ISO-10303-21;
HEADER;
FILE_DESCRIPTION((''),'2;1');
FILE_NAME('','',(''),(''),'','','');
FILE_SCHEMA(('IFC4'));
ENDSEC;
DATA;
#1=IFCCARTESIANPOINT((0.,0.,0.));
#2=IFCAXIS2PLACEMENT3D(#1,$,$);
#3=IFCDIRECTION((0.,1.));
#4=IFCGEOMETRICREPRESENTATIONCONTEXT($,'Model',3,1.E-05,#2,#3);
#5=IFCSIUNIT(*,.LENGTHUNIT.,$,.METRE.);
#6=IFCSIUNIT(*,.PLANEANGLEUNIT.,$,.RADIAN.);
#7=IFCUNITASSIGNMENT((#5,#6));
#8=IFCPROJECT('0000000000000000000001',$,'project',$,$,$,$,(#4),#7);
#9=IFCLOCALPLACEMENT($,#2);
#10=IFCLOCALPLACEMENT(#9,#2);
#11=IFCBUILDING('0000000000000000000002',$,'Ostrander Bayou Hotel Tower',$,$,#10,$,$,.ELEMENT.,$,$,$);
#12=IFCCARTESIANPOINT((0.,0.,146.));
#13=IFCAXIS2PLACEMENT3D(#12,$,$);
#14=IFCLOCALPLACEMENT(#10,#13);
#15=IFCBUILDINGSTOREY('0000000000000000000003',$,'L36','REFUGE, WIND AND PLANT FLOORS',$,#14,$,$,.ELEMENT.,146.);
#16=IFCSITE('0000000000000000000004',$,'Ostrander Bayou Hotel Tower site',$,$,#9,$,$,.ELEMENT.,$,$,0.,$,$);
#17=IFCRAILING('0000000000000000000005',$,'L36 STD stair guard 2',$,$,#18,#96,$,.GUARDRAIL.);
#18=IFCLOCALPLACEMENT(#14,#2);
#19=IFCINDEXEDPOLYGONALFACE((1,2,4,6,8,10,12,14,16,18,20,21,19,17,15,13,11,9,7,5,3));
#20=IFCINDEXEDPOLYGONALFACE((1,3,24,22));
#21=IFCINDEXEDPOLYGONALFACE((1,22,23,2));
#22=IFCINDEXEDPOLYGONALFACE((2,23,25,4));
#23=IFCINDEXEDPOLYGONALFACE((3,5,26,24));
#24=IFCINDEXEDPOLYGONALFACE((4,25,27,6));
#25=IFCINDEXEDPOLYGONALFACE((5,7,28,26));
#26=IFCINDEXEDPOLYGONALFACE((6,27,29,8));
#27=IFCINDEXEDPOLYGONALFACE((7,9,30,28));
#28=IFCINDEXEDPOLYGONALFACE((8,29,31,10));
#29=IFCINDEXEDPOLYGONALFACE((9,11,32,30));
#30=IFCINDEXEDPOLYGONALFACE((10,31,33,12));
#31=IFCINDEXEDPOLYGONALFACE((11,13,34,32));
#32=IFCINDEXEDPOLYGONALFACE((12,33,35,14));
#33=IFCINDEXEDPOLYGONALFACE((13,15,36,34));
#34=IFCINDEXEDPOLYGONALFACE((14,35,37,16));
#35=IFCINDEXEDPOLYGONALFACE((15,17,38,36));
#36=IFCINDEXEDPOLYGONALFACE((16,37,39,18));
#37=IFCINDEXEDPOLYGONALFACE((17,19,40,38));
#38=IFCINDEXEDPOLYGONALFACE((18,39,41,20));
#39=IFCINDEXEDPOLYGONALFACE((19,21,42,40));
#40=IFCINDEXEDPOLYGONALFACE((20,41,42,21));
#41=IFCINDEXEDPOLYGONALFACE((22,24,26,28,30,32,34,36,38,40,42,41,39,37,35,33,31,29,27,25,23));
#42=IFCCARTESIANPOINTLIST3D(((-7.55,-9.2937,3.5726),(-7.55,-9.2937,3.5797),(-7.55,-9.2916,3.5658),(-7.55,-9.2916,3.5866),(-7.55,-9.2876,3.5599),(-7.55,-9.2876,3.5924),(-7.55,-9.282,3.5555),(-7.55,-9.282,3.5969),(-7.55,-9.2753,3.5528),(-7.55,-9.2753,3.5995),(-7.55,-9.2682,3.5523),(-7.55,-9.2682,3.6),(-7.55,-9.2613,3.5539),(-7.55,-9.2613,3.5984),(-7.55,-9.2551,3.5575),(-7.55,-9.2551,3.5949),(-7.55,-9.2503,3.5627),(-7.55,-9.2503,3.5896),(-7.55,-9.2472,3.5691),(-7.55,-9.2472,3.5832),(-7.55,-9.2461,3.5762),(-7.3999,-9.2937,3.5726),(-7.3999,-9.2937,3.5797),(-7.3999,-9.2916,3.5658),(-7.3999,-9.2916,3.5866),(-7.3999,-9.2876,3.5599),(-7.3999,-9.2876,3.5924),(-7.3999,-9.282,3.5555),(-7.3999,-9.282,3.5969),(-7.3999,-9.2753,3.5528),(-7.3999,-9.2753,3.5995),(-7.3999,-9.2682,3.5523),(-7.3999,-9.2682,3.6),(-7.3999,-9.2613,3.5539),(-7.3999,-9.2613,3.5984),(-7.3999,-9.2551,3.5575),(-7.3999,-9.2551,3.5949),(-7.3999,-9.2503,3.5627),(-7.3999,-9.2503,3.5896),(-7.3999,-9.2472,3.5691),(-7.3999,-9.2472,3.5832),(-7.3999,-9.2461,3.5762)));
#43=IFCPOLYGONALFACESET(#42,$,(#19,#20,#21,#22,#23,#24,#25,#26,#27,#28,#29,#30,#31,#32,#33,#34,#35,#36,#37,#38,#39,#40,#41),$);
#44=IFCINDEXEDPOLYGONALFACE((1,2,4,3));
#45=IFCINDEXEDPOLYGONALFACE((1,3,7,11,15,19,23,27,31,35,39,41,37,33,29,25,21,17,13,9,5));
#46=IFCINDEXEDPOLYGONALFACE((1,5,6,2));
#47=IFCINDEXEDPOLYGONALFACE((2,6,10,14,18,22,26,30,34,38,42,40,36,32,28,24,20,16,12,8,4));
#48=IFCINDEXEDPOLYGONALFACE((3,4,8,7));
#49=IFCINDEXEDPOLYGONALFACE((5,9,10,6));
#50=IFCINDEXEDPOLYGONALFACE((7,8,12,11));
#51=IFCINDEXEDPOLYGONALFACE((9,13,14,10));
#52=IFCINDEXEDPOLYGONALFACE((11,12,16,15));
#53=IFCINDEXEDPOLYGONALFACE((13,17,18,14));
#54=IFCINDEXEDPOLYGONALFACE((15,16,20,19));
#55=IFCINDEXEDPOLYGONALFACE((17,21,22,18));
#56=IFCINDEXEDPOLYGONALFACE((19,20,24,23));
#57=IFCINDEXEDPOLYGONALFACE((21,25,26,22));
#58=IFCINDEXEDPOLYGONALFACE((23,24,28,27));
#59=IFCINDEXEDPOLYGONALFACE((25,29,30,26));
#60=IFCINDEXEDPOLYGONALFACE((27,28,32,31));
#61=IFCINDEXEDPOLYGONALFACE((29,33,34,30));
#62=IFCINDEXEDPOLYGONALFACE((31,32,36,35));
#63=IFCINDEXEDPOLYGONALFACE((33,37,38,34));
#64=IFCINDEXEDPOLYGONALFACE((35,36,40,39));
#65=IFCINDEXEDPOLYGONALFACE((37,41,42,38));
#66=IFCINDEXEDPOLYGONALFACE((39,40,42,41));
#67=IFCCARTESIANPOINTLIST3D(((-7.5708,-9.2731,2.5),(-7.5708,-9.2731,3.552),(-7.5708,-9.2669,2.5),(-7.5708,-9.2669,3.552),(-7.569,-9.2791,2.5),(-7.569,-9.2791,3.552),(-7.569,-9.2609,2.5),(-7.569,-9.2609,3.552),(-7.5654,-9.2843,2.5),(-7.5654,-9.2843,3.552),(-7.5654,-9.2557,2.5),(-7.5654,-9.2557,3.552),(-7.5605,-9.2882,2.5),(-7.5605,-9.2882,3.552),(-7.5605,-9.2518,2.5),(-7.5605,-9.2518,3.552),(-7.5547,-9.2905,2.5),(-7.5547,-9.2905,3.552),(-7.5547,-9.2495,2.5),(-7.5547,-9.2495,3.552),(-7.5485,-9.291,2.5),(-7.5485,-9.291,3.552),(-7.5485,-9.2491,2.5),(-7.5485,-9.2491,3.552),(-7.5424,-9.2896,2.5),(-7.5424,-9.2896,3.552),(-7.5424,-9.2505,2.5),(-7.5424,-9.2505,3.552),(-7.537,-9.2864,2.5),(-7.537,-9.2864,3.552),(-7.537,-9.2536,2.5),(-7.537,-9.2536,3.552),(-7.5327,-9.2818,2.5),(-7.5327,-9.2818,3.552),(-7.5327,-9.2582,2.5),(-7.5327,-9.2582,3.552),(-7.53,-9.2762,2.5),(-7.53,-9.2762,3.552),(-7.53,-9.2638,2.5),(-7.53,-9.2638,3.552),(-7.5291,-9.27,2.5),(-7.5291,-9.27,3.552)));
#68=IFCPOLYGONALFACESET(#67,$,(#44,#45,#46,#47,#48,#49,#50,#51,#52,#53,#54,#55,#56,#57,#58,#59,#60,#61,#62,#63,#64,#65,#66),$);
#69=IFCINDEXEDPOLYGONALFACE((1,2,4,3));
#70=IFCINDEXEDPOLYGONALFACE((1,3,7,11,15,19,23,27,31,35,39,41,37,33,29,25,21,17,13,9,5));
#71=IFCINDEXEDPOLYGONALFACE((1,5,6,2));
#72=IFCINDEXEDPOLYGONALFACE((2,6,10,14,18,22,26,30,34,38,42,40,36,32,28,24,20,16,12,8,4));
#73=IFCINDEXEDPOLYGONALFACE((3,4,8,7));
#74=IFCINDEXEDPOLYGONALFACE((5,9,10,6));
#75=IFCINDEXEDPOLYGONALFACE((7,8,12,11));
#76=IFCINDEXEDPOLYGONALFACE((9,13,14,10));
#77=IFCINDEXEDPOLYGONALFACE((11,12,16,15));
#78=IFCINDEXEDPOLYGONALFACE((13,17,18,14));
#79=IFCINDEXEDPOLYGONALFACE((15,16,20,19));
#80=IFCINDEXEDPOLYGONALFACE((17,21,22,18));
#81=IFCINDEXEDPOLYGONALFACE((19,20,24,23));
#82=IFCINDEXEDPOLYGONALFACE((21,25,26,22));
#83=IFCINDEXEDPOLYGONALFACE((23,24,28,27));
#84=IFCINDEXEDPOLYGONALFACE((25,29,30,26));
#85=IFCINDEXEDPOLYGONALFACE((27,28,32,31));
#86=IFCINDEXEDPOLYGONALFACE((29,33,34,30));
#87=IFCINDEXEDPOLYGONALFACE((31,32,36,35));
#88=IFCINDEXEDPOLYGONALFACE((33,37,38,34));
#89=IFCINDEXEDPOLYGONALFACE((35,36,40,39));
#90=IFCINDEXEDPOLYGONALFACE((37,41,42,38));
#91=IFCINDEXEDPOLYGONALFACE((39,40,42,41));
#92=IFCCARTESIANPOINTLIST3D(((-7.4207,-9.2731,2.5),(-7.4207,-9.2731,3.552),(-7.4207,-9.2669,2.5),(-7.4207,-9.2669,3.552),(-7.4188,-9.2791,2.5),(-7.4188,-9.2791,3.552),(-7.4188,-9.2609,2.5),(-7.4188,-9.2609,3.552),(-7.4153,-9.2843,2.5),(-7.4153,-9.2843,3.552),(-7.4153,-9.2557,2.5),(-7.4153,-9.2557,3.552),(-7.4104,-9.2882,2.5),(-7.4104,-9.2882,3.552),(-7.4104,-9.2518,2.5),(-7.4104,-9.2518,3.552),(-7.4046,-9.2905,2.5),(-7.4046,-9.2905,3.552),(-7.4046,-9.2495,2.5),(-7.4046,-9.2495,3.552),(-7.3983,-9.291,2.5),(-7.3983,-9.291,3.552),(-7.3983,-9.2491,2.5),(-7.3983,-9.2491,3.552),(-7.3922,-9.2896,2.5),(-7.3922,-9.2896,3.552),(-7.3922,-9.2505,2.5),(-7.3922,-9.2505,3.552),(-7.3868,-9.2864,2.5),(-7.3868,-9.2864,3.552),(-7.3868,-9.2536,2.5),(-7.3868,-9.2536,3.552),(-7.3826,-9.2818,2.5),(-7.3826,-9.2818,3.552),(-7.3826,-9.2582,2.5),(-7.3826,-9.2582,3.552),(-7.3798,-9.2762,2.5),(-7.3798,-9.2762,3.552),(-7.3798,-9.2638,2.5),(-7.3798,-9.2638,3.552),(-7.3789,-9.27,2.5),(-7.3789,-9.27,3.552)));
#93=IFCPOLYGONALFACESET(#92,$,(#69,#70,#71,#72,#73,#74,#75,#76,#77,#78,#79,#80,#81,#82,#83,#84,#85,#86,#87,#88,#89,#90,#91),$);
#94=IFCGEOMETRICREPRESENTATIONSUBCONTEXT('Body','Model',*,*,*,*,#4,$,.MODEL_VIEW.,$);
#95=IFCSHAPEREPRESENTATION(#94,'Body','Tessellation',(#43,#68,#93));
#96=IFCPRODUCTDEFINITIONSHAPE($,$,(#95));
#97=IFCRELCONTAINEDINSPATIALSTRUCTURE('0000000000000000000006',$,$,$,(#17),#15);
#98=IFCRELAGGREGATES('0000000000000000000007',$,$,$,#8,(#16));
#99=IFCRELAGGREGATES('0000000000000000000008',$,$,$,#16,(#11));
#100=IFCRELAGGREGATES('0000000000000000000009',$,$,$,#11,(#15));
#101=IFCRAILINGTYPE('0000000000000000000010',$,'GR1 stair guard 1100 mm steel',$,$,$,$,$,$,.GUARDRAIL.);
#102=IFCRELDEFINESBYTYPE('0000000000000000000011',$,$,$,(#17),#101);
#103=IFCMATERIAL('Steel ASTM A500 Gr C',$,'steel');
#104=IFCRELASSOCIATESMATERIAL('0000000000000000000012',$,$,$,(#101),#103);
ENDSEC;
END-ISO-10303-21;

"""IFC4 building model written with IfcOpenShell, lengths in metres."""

from ifc_helpers import new_model, si_unit, direction, frame, origin, origin_2d, place, context, subcontext, project, spatial, circle, extrude, material, type_object, element, save


model = new_model("IFC4")

# Units and contexts
model_context = context("Model", 3, precision=1e-05, world=origin(), true_north=direction((0.0, 1.0)))
body_context = subcontext(model_context, "Body", "Model", "MODEL_VIEW")
ifc_project = project(units=[si_unit("LENGTHUNIT", "METRE"), si_unit("PLANEANGLEUNIT", "RADIAN")], contexts=[model_context])

# Site, building, storey
site_placement = place(None, origin())
site = spatial("IfcSite", under=ifc_project, at=site_placement, Name="Ostrander Bayou Hotel Tower site", CompositionType="ELEMENT", RefElevation=0.0)
building_placement = place(site_placement, origin())
building = spatial("IfcBuilding", under=site, at=building_placement, Name="Ostrander Bayou Hotel Tower", CompositionType="ELEMENT")
storey_placement = place(building_placement, frame((0.0, 0.0, 146.0)))
storey = spatial("IfcBuildingStorey", under=building, at=storey_placement, Name="L36", Description="REFUGE, WIND AND PLANT FLOORS", CompositionType="ELEMENT", Elevation=146.0)

# Railing
ifc_material_1 = material(Name="Steel ASTM A500 Gr C", Category="steel")
railing_type_1 = type_object("IfcRailingType", Name="GR1 stair guard 1100 mm steel", PredefinedType="GUARDRAIL", material=ifc_material_1)
railing_1_placement = place(storey_placement, frame((-7.55, -9.27, 2.5)))
element("IfcRailing", 1, at=railing_1_placement, inside=storey, type_object=railing_type_1, Name="L36 STD stair guard 2", PredefinedType="GUARDRAIL", context=body_context, shape_type="SweptSolid", body=[
    extrude(circle(Radius=0.0239, at=origin_2d()), frame((0.0, 0.0, 1.0762), z_axis=(1.0, 0.0, 0.0), x_axis=(0.0, 1.0, 0.0)), (0.0, 0.0, 1.0), 0.1501),
    extrude(circle(Radius=0.021, at=origin_2d()), origin(), (0.0, 0.0, 1.0), 1.052),
    extrude(circle(Radius=0.021, at=origin_2d()), frame((0.1501, 0.0, 0.0)), (0.0, 0.0, 1.0), 1.052),
])

save(model, "model.ifc")
